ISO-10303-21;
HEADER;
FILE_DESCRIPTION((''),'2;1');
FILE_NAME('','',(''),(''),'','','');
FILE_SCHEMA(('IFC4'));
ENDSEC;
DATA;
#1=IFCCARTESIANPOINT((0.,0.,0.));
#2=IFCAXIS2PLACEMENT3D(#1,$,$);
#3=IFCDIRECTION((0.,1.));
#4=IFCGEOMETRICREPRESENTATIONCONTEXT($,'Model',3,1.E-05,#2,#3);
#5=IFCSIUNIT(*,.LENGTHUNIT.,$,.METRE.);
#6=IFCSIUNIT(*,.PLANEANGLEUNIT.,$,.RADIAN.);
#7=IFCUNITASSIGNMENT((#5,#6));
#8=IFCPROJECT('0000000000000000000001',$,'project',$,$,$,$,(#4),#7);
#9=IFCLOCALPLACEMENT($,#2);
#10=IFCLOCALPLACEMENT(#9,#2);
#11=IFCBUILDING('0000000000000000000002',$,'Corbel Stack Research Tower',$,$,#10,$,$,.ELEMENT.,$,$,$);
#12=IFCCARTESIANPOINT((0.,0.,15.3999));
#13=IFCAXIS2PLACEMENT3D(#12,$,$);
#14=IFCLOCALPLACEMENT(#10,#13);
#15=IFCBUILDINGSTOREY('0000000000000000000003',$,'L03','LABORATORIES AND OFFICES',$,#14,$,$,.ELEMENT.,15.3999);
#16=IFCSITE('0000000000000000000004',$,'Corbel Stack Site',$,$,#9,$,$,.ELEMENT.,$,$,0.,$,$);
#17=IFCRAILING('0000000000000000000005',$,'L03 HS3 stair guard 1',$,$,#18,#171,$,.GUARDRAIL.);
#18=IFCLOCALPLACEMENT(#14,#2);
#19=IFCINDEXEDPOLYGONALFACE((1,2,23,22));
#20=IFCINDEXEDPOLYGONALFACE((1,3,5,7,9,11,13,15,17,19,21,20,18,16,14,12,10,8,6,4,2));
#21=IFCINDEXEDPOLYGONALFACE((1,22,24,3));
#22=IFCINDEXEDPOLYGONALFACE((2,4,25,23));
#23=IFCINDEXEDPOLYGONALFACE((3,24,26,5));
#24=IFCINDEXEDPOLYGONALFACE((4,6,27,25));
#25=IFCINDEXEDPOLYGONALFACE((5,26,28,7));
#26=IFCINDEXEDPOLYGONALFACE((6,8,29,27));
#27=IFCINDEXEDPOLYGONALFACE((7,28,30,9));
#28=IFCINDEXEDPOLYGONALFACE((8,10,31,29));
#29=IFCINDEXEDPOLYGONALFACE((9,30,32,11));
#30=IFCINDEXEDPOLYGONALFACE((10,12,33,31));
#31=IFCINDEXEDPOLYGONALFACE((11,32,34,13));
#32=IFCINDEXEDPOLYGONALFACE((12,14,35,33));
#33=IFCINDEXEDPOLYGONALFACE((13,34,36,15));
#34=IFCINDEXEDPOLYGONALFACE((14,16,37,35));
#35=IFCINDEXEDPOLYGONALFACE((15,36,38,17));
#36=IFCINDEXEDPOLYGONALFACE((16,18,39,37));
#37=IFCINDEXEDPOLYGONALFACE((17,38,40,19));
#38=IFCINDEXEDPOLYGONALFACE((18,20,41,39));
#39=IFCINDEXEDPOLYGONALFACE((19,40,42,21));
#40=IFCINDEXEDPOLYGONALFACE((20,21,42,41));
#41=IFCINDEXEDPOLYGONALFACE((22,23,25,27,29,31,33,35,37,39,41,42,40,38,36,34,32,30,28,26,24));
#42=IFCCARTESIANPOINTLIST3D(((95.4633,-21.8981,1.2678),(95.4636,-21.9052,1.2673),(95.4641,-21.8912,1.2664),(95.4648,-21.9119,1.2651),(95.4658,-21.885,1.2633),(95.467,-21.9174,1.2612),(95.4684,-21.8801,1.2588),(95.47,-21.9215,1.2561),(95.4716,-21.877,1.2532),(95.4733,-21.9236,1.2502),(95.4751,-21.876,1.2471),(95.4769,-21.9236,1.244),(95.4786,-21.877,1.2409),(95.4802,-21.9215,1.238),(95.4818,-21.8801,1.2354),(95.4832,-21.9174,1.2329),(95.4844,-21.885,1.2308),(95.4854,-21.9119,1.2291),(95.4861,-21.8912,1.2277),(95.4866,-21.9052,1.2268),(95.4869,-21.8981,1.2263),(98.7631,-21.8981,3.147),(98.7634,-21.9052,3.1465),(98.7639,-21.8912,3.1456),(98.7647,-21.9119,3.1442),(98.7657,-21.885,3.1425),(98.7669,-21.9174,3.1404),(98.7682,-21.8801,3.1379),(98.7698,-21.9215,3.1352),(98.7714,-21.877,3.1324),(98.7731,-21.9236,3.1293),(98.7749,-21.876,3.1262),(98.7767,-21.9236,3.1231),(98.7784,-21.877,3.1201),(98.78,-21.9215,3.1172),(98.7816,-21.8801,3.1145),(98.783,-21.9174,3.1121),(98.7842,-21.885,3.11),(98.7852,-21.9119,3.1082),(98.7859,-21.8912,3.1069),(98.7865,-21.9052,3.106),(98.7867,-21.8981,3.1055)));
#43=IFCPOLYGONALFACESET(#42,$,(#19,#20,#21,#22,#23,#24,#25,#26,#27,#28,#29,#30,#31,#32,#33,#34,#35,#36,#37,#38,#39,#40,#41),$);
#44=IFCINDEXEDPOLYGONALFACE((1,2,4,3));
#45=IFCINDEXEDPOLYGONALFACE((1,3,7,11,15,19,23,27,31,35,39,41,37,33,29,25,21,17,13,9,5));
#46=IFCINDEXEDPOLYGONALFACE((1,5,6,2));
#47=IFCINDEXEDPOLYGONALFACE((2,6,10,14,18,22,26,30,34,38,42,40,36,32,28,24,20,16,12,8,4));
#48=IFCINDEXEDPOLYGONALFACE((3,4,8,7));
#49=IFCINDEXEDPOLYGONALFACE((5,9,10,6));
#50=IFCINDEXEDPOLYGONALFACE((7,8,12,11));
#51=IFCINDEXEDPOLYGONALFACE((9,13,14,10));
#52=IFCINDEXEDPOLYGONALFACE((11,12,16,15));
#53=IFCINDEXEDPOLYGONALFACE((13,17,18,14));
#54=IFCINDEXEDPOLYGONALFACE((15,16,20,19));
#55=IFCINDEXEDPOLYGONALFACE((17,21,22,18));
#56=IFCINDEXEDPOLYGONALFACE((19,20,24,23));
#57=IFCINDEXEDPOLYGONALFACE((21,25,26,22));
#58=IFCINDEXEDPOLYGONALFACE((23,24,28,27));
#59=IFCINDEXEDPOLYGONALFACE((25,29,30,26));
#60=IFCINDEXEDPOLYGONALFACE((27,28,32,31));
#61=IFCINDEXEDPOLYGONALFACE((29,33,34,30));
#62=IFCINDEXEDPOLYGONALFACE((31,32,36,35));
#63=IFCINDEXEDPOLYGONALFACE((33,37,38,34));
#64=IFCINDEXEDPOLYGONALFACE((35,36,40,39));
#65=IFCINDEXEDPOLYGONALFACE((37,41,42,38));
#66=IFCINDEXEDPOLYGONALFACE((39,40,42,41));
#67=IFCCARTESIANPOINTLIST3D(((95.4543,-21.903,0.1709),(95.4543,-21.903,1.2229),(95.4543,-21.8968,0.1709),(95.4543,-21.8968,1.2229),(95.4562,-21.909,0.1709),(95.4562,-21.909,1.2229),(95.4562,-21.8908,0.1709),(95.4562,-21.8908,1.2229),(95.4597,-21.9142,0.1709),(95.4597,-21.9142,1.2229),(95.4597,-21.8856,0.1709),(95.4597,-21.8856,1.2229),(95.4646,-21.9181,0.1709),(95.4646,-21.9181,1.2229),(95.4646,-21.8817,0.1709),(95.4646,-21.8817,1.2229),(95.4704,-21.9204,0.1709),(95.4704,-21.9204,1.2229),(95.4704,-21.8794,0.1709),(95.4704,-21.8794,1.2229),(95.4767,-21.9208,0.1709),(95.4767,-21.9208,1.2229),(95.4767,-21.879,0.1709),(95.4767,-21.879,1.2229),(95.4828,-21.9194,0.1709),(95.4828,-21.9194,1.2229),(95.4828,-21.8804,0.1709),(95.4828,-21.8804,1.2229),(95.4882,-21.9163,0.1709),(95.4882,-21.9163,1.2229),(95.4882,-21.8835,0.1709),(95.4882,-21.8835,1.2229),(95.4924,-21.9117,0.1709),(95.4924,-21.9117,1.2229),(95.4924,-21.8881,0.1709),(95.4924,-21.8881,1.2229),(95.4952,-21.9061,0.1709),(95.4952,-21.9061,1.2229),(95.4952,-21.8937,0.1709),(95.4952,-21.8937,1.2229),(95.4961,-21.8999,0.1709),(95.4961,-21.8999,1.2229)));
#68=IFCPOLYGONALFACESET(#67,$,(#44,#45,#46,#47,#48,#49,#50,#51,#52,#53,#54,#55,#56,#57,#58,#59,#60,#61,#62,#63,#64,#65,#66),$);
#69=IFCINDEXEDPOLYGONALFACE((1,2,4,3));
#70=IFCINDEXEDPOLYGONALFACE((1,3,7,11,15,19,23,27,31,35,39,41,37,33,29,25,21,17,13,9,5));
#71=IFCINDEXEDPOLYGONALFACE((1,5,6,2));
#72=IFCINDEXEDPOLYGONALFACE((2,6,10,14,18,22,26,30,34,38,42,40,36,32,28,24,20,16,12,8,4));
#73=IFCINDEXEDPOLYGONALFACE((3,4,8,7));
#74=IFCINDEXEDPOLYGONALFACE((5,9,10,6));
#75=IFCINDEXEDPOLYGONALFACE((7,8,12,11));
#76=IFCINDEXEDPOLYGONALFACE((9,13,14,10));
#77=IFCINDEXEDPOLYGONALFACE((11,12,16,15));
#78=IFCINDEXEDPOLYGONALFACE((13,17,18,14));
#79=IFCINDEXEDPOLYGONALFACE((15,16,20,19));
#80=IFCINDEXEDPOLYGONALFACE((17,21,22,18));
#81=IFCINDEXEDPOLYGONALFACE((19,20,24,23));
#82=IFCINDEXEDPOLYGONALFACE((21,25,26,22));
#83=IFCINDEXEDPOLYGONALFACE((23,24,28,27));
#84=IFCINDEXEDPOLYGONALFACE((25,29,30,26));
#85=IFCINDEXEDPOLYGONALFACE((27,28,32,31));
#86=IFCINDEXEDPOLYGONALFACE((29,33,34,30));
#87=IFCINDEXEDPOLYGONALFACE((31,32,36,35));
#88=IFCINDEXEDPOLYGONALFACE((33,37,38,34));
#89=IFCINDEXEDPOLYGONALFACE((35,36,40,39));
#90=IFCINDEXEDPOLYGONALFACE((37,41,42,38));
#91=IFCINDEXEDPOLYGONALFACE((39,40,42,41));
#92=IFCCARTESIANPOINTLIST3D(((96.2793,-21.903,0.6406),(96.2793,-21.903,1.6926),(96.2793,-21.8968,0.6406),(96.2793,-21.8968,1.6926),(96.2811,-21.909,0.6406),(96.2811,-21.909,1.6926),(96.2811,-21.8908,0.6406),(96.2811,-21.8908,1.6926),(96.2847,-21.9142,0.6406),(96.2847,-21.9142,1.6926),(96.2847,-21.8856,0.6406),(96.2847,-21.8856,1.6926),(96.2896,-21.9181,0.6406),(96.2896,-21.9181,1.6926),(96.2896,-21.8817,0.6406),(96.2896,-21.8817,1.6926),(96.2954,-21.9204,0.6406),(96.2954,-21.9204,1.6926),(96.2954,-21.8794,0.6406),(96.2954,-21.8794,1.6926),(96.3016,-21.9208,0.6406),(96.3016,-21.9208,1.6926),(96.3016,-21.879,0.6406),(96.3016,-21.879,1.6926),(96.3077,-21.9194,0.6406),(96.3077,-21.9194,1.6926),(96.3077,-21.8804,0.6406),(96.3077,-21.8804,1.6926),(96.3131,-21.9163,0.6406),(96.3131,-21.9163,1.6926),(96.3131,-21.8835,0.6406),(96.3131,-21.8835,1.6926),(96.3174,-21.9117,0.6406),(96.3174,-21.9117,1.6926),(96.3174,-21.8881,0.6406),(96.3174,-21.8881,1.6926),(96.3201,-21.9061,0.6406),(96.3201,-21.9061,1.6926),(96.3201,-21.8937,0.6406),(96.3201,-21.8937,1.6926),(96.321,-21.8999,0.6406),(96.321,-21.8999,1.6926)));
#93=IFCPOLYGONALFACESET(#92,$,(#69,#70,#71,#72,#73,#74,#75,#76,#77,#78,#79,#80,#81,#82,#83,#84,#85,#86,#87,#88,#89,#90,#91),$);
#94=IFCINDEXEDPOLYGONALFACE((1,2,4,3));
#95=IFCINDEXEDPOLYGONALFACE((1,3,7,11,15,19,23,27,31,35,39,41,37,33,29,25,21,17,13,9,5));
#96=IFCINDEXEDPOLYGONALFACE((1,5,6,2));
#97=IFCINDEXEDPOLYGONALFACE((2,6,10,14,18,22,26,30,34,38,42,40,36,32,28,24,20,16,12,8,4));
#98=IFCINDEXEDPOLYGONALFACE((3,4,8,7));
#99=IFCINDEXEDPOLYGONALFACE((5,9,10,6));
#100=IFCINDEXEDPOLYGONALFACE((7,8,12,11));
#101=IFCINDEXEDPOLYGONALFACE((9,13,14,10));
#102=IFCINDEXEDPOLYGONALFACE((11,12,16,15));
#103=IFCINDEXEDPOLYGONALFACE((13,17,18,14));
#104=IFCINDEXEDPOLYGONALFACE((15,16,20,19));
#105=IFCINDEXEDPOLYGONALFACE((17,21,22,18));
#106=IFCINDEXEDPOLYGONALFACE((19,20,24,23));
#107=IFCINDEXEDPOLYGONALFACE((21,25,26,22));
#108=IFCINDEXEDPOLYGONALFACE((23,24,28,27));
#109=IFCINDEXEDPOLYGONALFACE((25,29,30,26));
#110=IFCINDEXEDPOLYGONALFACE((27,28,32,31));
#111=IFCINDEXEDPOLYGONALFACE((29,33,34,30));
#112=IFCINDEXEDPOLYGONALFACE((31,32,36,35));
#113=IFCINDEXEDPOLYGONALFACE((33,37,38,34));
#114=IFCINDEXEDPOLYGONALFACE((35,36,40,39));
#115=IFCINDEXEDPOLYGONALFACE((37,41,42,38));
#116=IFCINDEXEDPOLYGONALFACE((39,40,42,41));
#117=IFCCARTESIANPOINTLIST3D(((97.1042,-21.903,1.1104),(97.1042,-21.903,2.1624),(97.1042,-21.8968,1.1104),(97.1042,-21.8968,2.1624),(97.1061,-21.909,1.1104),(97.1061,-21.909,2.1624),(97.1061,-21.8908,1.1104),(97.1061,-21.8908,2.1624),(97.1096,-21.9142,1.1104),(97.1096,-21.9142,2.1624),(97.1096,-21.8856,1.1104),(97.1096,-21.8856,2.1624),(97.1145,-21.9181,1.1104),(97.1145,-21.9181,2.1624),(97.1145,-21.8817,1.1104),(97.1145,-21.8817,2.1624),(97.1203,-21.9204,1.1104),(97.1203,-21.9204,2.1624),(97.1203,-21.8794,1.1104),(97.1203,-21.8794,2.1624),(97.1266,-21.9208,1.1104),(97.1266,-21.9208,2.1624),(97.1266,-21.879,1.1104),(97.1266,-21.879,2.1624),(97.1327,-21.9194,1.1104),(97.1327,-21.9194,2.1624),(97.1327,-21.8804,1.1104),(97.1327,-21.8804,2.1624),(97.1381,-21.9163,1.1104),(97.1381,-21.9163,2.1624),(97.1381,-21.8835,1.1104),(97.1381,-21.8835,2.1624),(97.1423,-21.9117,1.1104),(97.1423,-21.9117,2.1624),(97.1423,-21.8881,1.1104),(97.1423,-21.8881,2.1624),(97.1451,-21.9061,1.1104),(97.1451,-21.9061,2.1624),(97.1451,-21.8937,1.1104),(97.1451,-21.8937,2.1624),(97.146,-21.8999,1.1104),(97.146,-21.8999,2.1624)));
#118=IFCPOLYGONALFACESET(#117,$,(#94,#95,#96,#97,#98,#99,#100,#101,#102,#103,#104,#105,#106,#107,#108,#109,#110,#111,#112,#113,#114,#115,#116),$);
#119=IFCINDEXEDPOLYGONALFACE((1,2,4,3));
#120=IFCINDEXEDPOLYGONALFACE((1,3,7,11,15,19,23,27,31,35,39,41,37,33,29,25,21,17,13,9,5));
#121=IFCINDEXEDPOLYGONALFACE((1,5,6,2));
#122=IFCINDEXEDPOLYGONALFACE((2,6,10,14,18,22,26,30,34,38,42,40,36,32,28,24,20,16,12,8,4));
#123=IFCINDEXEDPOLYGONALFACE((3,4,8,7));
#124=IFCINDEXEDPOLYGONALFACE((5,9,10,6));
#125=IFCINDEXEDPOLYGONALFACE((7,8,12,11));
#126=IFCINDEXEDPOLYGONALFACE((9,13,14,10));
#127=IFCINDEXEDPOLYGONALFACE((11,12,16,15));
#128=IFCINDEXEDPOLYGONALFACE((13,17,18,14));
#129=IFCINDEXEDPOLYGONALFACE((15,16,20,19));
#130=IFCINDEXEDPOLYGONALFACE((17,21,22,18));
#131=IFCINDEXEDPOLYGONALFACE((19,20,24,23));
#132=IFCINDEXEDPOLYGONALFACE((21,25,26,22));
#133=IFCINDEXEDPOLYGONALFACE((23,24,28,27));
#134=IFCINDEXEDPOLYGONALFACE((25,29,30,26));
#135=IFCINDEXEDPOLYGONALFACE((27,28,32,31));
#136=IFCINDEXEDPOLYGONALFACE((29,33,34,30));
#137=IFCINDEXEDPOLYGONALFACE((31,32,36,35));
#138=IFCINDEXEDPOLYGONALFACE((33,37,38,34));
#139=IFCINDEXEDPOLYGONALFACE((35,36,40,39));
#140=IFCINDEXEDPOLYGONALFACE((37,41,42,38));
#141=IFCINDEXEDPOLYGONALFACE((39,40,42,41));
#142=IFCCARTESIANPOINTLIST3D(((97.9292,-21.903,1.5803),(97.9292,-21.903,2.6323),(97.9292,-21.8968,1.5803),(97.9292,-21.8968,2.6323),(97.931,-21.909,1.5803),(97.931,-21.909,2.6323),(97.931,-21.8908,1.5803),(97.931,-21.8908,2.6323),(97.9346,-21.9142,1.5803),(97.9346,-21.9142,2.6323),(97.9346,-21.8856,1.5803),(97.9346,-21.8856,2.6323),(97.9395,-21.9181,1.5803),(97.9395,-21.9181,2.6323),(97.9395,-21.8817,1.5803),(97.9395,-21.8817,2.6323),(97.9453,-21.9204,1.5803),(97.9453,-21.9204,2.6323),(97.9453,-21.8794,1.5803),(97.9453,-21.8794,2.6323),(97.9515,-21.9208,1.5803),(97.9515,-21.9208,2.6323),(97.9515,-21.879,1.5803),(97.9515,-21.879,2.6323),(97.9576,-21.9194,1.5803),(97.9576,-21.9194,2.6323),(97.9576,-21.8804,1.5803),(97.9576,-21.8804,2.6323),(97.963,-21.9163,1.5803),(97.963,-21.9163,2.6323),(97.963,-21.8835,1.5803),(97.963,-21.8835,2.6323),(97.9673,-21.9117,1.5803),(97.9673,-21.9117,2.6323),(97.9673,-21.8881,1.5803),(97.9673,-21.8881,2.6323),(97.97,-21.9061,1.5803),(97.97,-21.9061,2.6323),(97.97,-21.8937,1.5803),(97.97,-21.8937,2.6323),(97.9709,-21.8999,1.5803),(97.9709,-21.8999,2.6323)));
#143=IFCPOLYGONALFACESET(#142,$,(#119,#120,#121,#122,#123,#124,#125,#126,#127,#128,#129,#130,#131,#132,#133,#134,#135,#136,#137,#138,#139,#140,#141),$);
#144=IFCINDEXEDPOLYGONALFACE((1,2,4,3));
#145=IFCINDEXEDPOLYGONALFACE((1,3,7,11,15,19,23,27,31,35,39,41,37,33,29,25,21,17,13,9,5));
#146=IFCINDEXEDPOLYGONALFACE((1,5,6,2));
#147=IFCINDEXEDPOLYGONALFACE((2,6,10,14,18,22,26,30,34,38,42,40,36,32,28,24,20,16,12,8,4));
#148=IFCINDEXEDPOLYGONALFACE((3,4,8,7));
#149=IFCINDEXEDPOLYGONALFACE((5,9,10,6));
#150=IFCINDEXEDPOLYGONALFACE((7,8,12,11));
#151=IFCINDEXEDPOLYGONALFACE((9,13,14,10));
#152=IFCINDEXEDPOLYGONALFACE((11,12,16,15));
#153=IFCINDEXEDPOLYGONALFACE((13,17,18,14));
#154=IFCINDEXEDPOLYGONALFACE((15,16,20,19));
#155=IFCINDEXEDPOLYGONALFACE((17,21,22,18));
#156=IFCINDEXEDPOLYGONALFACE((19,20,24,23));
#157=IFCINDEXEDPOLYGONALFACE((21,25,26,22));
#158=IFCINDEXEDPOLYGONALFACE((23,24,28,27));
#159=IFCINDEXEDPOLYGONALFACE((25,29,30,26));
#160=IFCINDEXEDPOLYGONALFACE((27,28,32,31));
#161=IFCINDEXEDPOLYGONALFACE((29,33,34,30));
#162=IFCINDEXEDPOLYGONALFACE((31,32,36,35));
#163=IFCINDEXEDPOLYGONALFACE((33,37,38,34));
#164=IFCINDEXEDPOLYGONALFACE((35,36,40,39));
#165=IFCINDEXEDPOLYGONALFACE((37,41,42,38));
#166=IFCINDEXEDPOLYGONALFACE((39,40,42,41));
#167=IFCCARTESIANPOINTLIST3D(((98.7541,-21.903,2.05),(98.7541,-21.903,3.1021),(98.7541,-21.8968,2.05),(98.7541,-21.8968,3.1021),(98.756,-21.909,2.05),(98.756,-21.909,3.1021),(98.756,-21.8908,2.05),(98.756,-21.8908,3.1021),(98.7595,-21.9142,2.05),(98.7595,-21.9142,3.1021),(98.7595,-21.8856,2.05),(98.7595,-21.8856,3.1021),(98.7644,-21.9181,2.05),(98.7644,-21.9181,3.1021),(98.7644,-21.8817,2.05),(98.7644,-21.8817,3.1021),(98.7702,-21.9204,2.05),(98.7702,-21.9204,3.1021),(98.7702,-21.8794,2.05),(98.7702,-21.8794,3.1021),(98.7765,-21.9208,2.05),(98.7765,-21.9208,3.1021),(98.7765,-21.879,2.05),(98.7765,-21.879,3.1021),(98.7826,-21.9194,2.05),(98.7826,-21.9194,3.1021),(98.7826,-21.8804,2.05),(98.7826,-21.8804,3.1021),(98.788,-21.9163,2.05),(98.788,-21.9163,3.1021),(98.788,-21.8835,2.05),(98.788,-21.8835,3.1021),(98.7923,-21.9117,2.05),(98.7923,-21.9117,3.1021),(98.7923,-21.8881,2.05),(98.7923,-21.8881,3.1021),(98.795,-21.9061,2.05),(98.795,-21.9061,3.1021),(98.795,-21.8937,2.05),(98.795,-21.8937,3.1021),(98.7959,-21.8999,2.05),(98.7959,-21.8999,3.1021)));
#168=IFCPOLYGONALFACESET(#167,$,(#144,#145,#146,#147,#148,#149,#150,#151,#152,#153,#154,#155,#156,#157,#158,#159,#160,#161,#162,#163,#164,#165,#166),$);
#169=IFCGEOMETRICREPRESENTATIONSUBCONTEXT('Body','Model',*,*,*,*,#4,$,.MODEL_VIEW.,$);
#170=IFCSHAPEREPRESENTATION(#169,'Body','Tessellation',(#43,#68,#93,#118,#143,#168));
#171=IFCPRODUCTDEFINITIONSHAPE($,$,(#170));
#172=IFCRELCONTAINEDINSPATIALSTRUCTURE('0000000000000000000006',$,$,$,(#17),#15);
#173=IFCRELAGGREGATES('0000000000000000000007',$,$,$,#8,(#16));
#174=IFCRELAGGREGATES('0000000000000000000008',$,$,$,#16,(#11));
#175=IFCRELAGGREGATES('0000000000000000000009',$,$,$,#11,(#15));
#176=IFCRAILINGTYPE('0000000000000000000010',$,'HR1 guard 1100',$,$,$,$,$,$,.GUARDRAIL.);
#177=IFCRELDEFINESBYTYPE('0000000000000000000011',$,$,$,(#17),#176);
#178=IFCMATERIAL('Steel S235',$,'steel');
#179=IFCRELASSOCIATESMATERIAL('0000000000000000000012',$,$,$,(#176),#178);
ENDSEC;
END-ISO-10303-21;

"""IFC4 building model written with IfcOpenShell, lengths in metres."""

from ifc_helpers import new_model, si_unit, direction, frame, origin, origin_2d, place, context, subcontext, project, spatial, circle, extrude, material, type_object, element, save


model = new_model("IFC4")

# Units and contexts
model_context = context("Model", 3, precision=1e-05, world=origin(), true_north=direction((0.0, 1.0)))
body_context = subcontext(model_context, "Body", "Model", "MODEL_VIEW")
ifc_project = project(units=[si_unit("LENGTHUNIT", "METRE"), si_unit("PLANEANGLEUNIT", "RADIAN")], contexts=[model_context])

# Site, building, storey
site_placement = place(None, origin())
site = spatial("IfcSite", under=ifc_project, at=site_placement, Name="Corbel Stack Site", CompositionType="ELEMENT", RefElevation=0.0)
building_placement = place(site_placement, origin())
building = spatial("IfcBuilding", under=site, at=building_placement, Name="Corbel Stack Research Tower", CompositionType="ELEMENT")
storey_placement = place(building_placement, frame((0.0, 0.0, 15.3999)))
storey = spatial("IfcBuildingStorey", under=building, at=storey_placement, Name="L03", Description="LABORATORIES AND OFFICES", CompositionType="ELEMENT", Elevation=15.3999)

# Railing
ifc_material_1 = material(Name="Steel S235", Category="steel")
railing_type_1 = type_object("IfcRailingType", Name="HR1 guard 1100", PredefinedType="GUARDRAIL", material=ifc_material_1)
railing_1_placement = place(storey_placement, frame((95.4751, -21.8999, 0.1709)))
element("IfcRailing", 1, at=railing_1_placement, inside=storey, type_object=railing_type_1, Name="L03 HS3 stair guard 1", PredefinedType="GUARDRAIL", context=body_context, shape_type="SweptSolid", body=[
    extrude(circle(Radius=0.0239, at=origin_2d()), frame((0.0, 0.0, 1.0762), z_axis=(0.868974, 0.0, 0.494857), x_axis=(0.0, 1.0, 0.0)), (0.0, 0.0, 1.0), 3.7974),
    extrude(circle(Radius=0.021, at=origin_2d()), origin(), (0.0, 0.0, 1.0), 1.052),
    extrude(circle(Radius=0.021, at=origin_2d()), frame((0.825, 0.0, 0.4697)), (0.0, 0.0, 1.0), 1.052),
    extrude(circle(Radius=0.021, at=origin_2d()), frame((1.6499, 0.0, 0.9395)), (0.0, 0.0, 1.0), 1.052),
    extrude(circle(Radius=0.021, at=origin_2d()), frame((2.4749, 0.0, 1.4094)), (0.0, 0.0, 1.0), 1.052),
    extrude(circle(Radius=0.021, at=origin_2d()), frame((3.2998, 0.0, 1.8792)), (0.0, 0.0, 1.0), 1.052),
])

save(model, "model.ifc")
